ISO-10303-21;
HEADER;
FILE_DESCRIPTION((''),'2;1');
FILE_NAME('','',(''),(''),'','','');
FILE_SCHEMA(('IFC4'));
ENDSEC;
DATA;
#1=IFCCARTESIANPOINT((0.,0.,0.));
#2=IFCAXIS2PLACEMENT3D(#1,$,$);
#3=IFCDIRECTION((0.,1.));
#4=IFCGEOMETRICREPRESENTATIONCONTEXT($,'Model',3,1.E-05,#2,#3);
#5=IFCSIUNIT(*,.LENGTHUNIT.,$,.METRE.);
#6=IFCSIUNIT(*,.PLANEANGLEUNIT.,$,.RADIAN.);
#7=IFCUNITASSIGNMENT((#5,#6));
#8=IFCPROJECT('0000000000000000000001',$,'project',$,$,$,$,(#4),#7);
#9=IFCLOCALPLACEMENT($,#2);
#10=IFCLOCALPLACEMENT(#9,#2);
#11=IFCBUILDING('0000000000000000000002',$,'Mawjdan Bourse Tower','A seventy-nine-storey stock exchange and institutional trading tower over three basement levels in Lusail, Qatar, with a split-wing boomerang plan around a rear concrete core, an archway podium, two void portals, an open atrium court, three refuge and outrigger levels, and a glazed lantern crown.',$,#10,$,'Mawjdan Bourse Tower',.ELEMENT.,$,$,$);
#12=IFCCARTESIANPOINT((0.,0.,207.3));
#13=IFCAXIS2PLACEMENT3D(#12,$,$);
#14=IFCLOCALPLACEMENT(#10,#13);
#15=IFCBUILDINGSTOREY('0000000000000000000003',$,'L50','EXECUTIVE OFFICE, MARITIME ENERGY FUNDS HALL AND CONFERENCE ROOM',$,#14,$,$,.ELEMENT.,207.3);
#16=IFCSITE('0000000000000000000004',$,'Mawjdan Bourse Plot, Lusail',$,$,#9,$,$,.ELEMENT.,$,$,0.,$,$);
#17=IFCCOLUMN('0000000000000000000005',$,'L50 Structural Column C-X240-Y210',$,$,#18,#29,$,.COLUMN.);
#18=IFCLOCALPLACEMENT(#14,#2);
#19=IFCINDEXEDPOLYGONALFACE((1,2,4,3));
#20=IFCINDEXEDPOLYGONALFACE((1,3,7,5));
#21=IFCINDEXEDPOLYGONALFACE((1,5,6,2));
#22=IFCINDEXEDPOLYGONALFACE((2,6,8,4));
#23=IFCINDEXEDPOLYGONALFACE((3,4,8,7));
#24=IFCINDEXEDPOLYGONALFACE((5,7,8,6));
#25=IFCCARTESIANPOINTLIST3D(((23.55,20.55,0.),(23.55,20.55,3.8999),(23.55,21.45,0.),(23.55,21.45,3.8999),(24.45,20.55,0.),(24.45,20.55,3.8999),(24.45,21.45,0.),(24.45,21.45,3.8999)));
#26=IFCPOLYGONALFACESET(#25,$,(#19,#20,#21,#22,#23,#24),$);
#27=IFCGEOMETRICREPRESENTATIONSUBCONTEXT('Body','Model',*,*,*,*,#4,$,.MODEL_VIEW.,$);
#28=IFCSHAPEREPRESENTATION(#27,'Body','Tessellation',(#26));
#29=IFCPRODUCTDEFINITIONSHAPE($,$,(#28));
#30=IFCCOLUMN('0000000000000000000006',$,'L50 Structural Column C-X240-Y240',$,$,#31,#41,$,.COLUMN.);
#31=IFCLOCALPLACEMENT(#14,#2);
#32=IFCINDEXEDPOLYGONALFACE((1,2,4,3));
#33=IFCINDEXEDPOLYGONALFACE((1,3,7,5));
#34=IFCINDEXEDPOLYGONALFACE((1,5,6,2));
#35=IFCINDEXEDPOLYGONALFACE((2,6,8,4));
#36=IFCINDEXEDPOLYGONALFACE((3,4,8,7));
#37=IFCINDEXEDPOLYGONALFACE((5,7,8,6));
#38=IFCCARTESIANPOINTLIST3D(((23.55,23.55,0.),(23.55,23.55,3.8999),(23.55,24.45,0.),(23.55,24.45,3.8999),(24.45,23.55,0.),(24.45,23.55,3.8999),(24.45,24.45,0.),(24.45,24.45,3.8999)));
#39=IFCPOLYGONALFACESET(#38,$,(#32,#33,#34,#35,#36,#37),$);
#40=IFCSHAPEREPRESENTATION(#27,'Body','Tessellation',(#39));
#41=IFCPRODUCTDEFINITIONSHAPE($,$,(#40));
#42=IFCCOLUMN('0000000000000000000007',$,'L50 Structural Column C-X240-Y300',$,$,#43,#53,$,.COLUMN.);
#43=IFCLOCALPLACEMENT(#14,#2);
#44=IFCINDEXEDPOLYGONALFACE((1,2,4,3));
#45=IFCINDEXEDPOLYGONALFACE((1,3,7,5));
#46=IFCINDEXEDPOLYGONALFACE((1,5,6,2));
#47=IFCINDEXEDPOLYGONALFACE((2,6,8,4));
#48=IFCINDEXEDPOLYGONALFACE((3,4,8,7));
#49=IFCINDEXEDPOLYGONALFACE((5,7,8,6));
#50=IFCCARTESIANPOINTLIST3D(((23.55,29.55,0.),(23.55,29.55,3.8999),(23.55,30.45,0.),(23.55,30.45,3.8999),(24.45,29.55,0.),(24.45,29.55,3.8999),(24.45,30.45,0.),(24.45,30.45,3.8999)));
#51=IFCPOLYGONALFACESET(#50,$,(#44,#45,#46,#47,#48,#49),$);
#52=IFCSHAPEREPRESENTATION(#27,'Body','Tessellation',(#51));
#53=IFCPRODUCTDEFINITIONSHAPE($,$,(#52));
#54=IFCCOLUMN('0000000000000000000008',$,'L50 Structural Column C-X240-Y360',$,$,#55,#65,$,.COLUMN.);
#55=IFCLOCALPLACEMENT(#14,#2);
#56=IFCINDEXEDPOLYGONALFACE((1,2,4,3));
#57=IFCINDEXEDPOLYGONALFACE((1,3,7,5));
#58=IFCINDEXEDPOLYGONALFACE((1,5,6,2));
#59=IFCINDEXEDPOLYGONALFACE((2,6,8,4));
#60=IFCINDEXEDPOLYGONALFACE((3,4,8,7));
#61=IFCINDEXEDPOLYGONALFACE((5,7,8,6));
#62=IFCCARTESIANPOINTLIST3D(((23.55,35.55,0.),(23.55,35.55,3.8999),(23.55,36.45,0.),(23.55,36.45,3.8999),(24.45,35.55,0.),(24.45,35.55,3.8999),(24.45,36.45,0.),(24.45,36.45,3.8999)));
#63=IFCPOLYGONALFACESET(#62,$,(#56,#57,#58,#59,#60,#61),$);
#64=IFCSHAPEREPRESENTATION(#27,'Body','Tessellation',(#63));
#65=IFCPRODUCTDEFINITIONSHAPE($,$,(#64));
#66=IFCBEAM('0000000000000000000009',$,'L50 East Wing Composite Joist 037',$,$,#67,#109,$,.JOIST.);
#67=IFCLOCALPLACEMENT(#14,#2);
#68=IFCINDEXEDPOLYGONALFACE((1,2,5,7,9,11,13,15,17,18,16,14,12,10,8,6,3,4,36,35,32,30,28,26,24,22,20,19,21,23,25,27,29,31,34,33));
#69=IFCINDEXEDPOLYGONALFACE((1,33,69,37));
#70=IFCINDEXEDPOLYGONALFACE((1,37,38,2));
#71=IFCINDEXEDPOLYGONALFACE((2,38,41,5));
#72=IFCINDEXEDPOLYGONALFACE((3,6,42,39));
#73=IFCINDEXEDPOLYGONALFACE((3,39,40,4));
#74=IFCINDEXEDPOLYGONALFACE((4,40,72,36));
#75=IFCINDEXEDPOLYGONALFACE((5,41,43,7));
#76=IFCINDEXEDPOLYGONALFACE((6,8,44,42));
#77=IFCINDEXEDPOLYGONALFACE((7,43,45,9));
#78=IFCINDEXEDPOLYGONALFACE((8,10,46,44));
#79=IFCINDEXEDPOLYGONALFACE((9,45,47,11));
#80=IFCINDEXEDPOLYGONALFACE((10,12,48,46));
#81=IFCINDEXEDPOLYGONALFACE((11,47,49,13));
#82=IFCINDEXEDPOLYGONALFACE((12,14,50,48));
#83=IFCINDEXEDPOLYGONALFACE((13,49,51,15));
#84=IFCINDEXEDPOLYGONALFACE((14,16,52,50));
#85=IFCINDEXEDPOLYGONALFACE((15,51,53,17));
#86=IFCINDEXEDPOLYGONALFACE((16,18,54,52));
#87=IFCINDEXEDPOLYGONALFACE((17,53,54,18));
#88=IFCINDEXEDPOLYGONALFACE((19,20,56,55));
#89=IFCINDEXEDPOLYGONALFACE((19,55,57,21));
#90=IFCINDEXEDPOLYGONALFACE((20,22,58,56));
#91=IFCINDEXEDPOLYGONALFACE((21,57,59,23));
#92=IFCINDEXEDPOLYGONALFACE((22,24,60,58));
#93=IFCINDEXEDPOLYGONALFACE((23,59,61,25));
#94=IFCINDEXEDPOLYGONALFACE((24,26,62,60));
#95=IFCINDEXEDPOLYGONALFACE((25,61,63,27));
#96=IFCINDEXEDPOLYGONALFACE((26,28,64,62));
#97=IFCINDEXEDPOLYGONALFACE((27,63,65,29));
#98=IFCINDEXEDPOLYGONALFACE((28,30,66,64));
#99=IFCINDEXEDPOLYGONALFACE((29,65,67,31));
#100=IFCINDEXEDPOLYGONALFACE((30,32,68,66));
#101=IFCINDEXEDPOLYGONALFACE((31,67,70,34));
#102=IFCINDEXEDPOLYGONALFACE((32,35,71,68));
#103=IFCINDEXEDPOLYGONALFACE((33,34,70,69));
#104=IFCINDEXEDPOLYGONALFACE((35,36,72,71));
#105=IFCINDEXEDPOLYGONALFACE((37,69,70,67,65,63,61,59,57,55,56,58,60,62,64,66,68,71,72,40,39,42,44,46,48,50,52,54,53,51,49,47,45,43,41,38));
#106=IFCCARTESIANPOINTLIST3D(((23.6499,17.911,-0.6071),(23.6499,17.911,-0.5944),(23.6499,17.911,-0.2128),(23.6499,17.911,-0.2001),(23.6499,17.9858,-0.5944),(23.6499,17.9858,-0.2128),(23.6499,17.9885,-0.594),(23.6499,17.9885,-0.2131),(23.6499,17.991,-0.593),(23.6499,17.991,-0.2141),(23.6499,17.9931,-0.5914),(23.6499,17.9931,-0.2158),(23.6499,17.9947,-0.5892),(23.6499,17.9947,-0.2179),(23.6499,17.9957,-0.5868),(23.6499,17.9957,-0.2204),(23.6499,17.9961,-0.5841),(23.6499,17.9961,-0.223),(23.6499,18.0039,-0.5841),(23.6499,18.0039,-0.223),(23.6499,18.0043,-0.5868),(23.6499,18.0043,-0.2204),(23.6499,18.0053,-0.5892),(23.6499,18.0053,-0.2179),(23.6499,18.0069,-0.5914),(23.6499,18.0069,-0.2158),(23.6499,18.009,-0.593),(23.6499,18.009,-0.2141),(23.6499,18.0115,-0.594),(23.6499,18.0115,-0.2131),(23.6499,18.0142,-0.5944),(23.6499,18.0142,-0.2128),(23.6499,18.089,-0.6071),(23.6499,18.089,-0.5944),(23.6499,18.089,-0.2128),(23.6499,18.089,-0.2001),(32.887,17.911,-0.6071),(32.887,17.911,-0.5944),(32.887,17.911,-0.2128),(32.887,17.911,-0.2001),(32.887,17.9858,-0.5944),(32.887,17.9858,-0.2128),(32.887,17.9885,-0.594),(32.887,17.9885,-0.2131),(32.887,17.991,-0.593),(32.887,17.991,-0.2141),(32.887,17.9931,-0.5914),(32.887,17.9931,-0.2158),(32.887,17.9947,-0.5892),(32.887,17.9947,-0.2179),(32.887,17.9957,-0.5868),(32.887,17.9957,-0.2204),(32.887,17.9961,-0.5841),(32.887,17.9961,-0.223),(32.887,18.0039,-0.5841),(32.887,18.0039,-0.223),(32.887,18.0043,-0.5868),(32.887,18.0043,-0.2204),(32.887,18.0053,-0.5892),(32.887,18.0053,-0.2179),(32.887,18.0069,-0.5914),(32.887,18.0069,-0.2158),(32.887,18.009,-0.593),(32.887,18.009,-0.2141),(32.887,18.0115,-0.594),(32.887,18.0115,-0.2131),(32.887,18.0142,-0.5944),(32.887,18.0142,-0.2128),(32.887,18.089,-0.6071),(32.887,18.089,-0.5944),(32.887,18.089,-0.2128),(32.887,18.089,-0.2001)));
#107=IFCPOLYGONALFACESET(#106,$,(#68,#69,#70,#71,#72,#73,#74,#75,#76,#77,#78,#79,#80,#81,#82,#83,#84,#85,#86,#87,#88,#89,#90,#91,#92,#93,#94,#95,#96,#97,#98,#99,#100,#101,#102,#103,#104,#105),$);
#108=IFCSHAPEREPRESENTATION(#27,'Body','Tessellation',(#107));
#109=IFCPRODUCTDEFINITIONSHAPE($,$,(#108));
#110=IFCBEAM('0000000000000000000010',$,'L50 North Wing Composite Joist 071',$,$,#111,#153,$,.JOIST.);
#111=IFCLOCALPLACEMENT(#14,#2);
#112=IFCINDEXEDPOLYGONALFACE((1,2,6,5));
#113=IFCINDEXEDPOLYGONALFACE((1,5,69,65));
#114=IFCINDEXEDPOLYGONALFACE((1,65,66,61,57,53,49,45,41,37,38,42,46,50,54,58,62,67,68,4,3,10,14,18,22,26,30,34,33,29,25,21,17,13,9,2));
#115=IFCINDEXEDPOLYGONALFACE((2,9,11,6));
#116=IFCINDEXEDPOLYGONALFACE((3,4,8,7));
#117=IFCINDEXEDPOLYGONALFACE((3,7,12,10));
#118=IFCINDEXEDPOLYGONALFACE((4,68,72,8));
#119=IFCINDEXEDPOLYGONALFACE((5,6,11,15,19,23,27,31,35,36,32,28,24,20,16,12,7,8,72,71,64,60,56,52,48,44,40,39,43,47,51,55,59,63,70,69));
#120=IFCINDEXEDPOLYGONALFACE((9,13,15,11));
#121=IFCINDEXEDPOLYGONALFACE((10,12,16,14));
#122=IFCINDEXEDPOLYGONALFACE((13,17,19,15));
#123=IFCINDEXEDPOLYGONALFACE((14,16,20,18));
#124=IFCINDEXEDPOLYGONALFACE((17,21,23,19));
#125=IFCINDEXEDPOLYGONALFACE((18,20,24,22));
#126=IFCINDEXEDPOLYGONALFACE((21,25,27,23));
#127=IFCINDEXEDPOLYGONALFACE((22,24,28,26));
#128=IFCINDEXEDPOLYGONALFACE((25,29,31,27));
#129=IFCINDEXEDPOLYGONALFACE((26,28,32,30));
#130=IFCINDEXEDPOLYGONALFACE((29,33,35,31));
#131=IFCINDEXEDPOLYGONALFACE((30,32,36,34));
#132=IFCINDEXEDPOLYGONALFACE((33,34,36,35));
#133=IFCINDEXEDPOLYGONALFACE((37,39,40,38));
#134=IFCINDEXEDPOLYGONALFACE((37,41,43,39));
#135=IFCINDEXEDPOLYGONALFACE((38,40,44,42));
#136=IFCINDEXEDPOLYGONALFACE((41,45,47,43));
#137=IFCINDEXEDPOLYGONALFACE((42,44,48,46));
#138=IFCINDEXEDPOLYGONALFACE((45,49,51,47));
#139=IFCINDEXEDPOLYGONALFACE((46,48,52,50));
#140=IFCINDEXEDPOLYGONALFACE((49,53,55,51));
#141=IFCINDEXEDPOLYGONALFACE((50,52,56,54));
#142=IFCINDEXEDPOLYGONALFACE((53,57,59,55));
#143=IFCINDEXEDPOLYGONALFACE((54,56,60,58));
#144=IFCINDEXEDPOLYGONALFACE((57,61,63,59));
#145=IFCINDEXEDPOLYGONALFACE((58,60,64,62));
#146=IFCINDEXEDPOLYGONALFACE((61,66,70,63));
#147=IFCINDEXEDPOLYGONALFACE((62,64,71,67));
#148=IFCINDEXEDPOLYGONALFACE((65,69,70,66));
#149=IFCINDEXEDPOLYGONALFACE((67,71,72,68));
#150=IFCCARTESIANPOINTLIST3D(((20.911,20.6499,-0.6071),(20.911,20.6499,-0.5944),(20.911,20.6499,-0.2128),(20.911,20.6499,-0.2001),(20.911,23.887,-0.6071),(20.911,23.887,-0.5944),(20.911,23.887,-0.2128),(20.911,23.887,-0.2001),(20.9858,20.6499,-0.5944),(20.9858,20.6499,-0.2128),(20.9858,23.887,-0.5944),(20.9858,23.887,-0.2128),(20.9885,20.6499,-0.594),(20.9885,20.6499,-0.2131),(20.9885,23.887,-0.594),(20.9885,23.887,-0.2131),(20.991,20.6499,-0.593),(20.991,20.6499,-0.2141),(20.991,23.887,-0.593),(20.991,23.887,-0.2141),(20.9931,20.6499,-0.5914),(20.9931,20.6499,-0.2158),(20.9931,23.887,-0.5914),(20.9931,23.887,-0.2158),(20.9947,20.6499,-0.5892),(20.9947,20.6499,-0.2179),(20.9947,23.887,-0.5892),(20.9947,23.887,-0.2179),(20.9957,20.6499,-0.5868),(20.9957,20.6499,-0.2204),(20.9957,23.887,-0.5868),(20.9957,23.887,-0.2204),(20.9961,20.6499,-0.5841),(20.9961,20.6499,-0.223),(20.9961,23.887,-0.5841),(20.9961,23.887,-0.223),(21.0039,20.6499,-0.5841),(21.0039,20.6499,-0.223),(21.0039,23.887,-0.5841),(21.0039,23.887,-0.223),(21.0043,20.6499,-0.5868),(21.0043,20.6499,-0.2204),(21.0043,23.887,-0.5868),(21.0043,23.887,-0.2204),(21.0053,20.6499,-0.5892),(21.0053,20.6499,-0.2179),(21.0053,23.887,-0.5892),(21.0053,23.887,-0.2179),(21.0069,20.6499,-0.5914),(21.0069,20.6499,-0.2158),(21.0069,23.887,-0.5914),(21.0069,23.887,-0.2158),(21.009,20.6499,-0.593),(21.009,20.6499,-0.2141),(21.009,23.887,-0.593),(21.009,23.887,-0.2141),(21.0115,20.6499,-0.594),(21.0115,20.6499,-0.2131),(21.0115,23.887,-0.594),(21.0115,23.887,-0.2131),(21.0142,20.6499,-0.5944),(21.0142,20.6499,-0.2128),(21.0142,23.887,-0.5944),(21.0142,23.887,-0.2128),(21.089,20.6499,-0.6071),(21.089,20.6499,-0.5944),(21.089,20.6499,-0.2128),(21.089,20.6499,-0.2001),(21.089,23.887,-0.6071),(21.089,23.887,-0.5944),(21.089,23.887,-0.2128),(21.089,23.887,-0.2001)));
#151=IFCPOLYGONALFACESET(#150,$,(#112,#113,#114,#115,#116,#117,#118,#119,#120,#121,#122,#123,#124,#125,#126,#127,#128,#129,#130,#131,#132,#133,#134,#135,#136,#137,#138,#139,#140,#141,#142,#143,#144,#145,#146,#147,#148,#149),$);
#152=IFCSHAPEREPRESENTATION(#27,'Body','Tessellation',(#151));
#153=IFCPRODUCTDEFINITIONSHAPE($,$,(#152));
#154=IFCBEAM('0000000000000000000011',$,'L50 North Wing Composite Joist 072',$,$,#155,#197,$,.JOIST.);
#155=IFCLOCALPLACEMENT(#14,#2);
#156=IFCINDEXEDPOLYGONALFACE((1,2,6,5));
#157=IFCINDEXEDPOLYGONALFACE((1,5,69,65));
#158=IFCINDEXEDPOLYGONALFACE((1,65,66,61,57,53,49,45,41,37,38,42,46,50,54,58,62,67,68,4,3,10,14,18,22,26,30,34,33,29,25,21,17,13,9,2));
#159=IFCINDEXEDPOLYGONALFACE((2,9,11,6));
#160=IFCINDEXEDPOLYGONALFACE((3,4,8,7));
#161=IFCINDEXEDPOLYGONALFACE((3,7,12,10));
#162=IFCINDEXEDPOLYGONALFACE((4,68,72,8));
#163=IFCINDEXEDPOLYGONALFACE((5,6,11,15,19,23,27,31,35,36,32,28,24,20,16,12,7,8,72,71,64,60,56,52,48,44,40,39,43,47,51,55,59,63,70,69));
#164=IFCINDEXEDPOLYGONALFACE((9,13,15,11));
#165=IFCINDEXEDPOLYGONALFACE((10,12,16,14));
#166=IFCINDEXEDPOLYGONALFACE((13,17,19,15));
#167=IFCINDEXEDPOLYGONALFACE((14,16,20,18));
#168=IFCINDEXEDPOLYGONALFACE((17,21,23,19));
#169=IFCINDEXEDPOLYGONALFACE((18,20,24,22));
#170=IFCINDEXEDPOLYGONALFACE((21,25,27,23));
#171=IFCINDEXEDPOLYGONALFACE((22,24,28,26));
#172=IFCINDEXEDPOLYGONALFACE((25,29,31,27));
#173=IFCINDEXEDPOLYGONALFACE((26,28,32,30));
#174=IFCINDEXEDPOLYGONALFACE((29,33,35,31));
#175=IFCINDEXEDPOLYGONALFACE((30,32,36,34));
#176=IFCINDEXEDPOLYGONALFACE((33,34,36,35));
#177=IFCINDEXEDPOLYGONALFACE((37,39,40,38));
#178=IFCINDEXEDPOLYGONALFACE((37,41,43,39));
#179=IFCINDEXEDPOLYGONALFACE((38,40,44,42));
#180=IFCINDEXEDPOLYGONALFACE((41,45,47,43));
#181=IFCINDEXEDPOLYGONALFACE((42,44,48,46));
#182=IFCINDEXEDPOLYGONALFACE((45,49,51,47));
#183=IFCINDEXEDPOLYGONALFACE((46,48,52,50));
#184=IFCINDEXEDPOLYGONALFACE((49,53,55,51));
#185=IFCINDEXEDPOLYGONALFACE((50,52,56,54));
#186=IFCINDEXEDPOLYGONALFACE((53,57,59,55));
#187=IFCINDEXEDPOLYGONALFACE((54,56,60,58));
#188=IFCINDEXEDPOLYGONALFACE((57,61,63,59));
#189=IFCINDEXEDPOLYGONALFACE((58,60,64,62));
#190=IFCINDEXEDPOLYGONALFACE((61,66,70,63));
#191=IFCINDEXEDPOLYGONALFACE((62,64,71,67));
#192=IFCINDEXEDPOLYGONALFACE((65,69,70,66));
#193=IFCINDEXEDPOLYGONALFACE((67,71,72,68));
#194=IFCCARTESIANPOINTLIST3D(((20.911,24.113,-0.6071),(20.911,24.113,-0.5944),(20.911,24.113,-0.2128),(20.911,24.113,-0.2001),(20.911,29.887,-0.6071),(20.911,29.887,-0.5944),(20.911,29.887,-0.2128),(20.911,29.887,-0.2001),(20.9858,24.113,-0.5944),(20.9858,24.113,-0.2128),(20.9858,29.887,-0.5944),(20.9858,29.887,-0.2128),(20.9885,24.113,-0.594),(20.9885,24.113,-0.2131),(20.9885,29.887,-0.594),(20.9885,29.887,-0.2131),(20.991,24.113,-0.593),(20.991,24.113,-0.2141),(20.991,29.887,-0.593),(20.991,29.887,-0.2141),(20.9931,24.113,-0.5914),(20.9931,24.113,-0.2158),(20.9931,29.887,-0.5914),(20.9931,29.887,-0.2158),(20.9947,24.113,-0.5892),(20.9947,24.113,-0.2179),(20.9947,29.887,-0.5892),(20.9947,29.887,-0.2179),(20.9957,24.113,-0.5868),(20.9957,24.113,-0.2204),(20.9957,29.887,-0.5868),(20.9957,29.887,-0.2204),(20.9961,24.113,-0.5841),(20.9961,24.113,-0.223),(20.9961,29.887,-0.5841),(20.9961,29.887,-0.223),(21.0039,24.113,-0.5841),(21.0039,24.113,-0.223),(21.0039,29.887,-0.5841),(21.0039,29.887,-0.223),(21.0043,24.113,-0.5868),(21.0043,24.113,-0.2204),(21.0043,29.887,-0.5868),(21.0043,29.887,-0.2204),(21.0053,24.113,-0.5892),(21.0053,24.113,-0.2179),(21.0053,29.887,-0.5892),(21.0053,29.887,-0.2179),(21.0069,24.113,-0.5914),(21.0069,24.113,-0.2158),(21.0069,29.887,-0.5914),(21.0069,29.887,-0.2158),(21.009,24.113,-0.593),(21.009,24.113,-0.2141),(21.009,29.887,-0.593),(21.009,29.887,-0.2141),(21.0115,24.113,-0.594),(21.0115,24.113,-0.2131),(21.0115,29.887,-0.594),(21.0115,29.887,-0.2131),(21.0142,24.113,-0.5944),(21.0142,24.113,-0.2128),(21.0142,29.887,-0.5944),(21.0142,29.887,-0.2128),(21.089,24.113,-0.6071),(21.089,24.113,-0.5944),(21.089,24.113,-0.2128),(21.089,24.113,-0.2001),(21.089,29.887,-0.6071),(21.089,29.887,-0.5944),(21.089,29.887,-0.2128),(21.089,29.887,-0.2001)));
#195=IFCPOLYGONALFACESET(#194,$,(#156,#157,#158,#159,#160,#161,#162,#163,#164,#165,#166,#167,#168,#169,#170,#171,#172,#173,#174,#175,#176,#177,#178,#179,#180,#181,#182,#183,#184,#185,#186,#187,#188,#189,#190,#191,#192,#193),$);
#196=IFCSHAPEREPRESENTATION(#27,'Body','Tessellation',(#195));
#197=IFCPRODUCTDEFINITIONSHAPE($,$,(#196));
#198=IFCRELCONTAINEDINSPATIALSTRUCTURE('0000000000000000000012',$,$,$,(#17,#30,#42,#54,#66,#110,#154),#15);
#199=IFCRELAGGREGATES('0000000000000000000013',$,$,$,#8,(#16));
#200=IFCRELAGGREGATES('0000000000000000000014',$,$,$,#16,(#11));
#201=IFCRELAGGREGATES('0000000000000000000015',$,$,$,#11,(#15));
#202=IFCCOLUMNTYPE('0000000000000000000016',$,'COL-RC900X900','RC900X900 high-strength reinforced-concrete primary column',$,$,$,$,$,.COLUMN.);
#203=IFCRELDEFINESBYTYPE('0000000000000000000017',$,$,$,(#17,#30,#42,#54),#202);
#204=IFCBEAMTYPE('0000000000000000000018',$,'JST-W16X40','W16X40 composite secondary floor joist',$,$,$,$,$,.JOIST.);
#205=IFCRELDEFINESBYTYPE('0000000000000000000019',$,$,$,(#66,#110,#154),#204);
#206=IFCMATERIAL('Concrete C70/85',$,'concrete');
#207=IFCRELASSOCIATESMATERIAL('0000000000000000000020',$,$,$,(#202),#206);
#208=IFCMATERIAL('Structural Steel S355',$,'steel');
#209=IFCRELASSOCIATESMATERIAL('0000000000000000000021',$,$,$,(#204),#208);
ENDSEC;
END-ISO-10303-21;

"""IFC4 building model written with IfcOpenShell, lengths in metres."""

from ifc_helpers import new_model, si_unit, direction, frame, origin, origin_2d, place, context, subcontext, project, spatial, rectangle, i_section, extrude, material, material_profile, profile_set, type_object, element, save


model = new_model("IFC4")

# Units and contexts
model_context = context("Model", 3, precision=1e-05, world=origin(), true_north=direction((0.0, 1.0)))
body_context = subcontext(model_context, "Body", "Model", "MODEL_VIEW")
ifc_project = project(units=[si_unit("LENGTHUNIT", "METRE"), si_unit("PLANEANGLEUNIT", "RADIAN")], contexts=[model_context])

# Site, building, storey
site_placement = place(None, origin())
site = spatial("IfcSite", under=ifc_project, at=site_placement, Name="Mawjdan Bourse Plot, Lusail", CompositionType="ELEMENT", RefElevation=0.0)
building_placement = place(site_placement, origin())
building = spatial("IfcBuilding", under=site, at=building_placement, Name="Mawjdan Bourse Tower", Description="A seventy-nine-storey stock exchange and institutional trading tower over three basement levels in Lusail, Qatar, with a split-wing boomerang plan around a rear concrete core, an archway podium, two void portals, an open atrium court, three refuge and outrigger levels, and a glazed lantern crown.", LongName="Mawjdan Bourse Tower", CompositionType="ELEMENT")
storey_placement = place(building_placement, frame((0.0, 0.0, 207.3)))
storey = spatial("IfcBuildingStorey", under=building, at=storey_placement, Name="L50", Description="EXECUTIVE OFFICE, MARITIME ENERGY FUNDS HALL AND CONFERENCE ROOM", CompositionType="ELEMENT", Elevation=207.3)

# Columns
ifc_material_1 = material(Name="Concrete C70/85", Category="concrete")
ifc_material_profile_1 = material_profile(ifc_material_1, rectangle(XDim=0.8999, YDim=0.8999, at=origin_2d()), Name="RC900X900")
ifc_profile_set_1 = profile_set([ifc_material_profile_1], Name="Concrete C70/85")
column_type = type_object("IfcColumnType", Name="COL-RC900X900", Description="RC900X900 high-strength reinforced-concrete primary column", PredefinedType="COLUMN", material=ifc_profile_set_1)
for number, where, z_axis, x_axis, name in (
    (1, (24.0, 21.0, 0.0), (0.0, 0.0, 1.0), (1.0, 0.0, 0.0), "L50 Structural Column C-X240-Y210"),
    (2, (24.0, 24.0, 0.0), (0.0, 0.0, 1.0), (1.0, 0.0, 0.0), "L50 Structural Column C-X240-Y240"),
    (3, (24.0, 30.0, 0.0), (0.0, 0.0, 1.0), (1.0, 0.0, 0.0), "L50 Structural Column C-X240-Y300"),
    (4, (24.0, 36.0, 0.0), (0.0, 0.0, 1.0), (1.0, 0.0, 0.0), "L50 Structural Column C-X240-Y360"),
):
    element("IfcColumn", number, at=place(storey_placement, frame(where, z_axis=z_axis, x_axis=x_axis)), inside=storey, type_object=column_type, Name=name, PredefinedType="COLUMN", context=body_context, shape_type="SweptSolid", body=[
        extrude(rectangle(XDim=0.8999, YDim=0.8999, at=origin_2d()), origin(), (0.0, 0.0, 1.0), 3.8999),
    ])

# Beams
ifc_material_2 = material(Name="Structural Steel S355", Category="steel")
ifc_material_profile_2 = material_profile(ifc_material_2, i_section(OverallWidth=0.178, OverallDepth=0.407, WebThickness=0.0078, FlangeThickness=0.0127, FilletRadius=0.0103, at=origin_2d()), Name="W16X40")
ifc_profile_set_2 = profile_set([ifc_material_profile_2], Name="Structural Steel S355")
beam_type_1 = type_object("IfcBeamType", Name="JST-W16X40", Description="W16X40 composite secondary floor joist", PredefinedType="JOIST", material=ifc_profile_set_2)
beam_1_placement = place(storey_placement, frame((23.6499, 18.0, -0.4036), z_axis=(1.0, 0.0, 0.0), x_axis=(0.0, 1.0, 0.0)))
element("IfcBeam", 5, at=beam_1_placement, inside=storey, type_object=beam_type_1, Name="L50 East Wing Composite Joist 037", PredefinedType="JOIST", context=body_context, shape_type="SweptSolid", body=[
    extrude(i_section(OverallWidth=0.178, OverallDepth=0.407, WebThickness=0.0078, FlangeThickness=0.0127, FilletRadius=0.0103, at=origin_2d()), origin(), (0.0, 0.0, 1.0), 9.2371),
])
beam_2_placement = place(storey_placement, frame((21.0, 20.6499, -0.4036), z_axis=(0.0, 1.0, 0.0), x_axis=(-1.0, 0.0, 0.0)))
element("IfcBeam", 6, at=beam_2_placement, inside=storey, type_object=beam_type_1, Name="L50 North Wing Composite Joist 071", PredefinedType="JOIST", context=body_context, shape_type="SweptSolid", body=[
    extrude(i_section(OverallWidth=0.178, OverallDepth=0.407, WebThickness=0.0078, FlangeThickness=0.0127, FilletRadius=0.0103, at=origin_2d()), origin(), (0.0, 0.0, 1.0), 3.2371),
])
for number, where, z_axis, x_axis, name in (
    (7, (21.0, 24.113, -0.4036), (0.0, 1.0, 0.0), (-1.0, 0.0, 0.0), "L50 North Wing Composite Joist 072"),
):
    element("IfcBeam", number, at=place(storey_placement, frame(where, z_axis=z_axis, x_axis=x_axis)), inside=storey, type_object=beam_type_1, Name=name, PredefinedType="JOIST", context=body_context, shape_type="SweptSolid", body=[
        extrude(i_section(OverallWidth=0.178, OverallDepth=0.407, WebThickness=0.0078, FlangeThickness=0.0127, FilletRadius=0.0103, at=origin_2d()), origin(), (0.0, 0.0, 1.0), 5.7739),
    ])

save(model, "model.ifc")
